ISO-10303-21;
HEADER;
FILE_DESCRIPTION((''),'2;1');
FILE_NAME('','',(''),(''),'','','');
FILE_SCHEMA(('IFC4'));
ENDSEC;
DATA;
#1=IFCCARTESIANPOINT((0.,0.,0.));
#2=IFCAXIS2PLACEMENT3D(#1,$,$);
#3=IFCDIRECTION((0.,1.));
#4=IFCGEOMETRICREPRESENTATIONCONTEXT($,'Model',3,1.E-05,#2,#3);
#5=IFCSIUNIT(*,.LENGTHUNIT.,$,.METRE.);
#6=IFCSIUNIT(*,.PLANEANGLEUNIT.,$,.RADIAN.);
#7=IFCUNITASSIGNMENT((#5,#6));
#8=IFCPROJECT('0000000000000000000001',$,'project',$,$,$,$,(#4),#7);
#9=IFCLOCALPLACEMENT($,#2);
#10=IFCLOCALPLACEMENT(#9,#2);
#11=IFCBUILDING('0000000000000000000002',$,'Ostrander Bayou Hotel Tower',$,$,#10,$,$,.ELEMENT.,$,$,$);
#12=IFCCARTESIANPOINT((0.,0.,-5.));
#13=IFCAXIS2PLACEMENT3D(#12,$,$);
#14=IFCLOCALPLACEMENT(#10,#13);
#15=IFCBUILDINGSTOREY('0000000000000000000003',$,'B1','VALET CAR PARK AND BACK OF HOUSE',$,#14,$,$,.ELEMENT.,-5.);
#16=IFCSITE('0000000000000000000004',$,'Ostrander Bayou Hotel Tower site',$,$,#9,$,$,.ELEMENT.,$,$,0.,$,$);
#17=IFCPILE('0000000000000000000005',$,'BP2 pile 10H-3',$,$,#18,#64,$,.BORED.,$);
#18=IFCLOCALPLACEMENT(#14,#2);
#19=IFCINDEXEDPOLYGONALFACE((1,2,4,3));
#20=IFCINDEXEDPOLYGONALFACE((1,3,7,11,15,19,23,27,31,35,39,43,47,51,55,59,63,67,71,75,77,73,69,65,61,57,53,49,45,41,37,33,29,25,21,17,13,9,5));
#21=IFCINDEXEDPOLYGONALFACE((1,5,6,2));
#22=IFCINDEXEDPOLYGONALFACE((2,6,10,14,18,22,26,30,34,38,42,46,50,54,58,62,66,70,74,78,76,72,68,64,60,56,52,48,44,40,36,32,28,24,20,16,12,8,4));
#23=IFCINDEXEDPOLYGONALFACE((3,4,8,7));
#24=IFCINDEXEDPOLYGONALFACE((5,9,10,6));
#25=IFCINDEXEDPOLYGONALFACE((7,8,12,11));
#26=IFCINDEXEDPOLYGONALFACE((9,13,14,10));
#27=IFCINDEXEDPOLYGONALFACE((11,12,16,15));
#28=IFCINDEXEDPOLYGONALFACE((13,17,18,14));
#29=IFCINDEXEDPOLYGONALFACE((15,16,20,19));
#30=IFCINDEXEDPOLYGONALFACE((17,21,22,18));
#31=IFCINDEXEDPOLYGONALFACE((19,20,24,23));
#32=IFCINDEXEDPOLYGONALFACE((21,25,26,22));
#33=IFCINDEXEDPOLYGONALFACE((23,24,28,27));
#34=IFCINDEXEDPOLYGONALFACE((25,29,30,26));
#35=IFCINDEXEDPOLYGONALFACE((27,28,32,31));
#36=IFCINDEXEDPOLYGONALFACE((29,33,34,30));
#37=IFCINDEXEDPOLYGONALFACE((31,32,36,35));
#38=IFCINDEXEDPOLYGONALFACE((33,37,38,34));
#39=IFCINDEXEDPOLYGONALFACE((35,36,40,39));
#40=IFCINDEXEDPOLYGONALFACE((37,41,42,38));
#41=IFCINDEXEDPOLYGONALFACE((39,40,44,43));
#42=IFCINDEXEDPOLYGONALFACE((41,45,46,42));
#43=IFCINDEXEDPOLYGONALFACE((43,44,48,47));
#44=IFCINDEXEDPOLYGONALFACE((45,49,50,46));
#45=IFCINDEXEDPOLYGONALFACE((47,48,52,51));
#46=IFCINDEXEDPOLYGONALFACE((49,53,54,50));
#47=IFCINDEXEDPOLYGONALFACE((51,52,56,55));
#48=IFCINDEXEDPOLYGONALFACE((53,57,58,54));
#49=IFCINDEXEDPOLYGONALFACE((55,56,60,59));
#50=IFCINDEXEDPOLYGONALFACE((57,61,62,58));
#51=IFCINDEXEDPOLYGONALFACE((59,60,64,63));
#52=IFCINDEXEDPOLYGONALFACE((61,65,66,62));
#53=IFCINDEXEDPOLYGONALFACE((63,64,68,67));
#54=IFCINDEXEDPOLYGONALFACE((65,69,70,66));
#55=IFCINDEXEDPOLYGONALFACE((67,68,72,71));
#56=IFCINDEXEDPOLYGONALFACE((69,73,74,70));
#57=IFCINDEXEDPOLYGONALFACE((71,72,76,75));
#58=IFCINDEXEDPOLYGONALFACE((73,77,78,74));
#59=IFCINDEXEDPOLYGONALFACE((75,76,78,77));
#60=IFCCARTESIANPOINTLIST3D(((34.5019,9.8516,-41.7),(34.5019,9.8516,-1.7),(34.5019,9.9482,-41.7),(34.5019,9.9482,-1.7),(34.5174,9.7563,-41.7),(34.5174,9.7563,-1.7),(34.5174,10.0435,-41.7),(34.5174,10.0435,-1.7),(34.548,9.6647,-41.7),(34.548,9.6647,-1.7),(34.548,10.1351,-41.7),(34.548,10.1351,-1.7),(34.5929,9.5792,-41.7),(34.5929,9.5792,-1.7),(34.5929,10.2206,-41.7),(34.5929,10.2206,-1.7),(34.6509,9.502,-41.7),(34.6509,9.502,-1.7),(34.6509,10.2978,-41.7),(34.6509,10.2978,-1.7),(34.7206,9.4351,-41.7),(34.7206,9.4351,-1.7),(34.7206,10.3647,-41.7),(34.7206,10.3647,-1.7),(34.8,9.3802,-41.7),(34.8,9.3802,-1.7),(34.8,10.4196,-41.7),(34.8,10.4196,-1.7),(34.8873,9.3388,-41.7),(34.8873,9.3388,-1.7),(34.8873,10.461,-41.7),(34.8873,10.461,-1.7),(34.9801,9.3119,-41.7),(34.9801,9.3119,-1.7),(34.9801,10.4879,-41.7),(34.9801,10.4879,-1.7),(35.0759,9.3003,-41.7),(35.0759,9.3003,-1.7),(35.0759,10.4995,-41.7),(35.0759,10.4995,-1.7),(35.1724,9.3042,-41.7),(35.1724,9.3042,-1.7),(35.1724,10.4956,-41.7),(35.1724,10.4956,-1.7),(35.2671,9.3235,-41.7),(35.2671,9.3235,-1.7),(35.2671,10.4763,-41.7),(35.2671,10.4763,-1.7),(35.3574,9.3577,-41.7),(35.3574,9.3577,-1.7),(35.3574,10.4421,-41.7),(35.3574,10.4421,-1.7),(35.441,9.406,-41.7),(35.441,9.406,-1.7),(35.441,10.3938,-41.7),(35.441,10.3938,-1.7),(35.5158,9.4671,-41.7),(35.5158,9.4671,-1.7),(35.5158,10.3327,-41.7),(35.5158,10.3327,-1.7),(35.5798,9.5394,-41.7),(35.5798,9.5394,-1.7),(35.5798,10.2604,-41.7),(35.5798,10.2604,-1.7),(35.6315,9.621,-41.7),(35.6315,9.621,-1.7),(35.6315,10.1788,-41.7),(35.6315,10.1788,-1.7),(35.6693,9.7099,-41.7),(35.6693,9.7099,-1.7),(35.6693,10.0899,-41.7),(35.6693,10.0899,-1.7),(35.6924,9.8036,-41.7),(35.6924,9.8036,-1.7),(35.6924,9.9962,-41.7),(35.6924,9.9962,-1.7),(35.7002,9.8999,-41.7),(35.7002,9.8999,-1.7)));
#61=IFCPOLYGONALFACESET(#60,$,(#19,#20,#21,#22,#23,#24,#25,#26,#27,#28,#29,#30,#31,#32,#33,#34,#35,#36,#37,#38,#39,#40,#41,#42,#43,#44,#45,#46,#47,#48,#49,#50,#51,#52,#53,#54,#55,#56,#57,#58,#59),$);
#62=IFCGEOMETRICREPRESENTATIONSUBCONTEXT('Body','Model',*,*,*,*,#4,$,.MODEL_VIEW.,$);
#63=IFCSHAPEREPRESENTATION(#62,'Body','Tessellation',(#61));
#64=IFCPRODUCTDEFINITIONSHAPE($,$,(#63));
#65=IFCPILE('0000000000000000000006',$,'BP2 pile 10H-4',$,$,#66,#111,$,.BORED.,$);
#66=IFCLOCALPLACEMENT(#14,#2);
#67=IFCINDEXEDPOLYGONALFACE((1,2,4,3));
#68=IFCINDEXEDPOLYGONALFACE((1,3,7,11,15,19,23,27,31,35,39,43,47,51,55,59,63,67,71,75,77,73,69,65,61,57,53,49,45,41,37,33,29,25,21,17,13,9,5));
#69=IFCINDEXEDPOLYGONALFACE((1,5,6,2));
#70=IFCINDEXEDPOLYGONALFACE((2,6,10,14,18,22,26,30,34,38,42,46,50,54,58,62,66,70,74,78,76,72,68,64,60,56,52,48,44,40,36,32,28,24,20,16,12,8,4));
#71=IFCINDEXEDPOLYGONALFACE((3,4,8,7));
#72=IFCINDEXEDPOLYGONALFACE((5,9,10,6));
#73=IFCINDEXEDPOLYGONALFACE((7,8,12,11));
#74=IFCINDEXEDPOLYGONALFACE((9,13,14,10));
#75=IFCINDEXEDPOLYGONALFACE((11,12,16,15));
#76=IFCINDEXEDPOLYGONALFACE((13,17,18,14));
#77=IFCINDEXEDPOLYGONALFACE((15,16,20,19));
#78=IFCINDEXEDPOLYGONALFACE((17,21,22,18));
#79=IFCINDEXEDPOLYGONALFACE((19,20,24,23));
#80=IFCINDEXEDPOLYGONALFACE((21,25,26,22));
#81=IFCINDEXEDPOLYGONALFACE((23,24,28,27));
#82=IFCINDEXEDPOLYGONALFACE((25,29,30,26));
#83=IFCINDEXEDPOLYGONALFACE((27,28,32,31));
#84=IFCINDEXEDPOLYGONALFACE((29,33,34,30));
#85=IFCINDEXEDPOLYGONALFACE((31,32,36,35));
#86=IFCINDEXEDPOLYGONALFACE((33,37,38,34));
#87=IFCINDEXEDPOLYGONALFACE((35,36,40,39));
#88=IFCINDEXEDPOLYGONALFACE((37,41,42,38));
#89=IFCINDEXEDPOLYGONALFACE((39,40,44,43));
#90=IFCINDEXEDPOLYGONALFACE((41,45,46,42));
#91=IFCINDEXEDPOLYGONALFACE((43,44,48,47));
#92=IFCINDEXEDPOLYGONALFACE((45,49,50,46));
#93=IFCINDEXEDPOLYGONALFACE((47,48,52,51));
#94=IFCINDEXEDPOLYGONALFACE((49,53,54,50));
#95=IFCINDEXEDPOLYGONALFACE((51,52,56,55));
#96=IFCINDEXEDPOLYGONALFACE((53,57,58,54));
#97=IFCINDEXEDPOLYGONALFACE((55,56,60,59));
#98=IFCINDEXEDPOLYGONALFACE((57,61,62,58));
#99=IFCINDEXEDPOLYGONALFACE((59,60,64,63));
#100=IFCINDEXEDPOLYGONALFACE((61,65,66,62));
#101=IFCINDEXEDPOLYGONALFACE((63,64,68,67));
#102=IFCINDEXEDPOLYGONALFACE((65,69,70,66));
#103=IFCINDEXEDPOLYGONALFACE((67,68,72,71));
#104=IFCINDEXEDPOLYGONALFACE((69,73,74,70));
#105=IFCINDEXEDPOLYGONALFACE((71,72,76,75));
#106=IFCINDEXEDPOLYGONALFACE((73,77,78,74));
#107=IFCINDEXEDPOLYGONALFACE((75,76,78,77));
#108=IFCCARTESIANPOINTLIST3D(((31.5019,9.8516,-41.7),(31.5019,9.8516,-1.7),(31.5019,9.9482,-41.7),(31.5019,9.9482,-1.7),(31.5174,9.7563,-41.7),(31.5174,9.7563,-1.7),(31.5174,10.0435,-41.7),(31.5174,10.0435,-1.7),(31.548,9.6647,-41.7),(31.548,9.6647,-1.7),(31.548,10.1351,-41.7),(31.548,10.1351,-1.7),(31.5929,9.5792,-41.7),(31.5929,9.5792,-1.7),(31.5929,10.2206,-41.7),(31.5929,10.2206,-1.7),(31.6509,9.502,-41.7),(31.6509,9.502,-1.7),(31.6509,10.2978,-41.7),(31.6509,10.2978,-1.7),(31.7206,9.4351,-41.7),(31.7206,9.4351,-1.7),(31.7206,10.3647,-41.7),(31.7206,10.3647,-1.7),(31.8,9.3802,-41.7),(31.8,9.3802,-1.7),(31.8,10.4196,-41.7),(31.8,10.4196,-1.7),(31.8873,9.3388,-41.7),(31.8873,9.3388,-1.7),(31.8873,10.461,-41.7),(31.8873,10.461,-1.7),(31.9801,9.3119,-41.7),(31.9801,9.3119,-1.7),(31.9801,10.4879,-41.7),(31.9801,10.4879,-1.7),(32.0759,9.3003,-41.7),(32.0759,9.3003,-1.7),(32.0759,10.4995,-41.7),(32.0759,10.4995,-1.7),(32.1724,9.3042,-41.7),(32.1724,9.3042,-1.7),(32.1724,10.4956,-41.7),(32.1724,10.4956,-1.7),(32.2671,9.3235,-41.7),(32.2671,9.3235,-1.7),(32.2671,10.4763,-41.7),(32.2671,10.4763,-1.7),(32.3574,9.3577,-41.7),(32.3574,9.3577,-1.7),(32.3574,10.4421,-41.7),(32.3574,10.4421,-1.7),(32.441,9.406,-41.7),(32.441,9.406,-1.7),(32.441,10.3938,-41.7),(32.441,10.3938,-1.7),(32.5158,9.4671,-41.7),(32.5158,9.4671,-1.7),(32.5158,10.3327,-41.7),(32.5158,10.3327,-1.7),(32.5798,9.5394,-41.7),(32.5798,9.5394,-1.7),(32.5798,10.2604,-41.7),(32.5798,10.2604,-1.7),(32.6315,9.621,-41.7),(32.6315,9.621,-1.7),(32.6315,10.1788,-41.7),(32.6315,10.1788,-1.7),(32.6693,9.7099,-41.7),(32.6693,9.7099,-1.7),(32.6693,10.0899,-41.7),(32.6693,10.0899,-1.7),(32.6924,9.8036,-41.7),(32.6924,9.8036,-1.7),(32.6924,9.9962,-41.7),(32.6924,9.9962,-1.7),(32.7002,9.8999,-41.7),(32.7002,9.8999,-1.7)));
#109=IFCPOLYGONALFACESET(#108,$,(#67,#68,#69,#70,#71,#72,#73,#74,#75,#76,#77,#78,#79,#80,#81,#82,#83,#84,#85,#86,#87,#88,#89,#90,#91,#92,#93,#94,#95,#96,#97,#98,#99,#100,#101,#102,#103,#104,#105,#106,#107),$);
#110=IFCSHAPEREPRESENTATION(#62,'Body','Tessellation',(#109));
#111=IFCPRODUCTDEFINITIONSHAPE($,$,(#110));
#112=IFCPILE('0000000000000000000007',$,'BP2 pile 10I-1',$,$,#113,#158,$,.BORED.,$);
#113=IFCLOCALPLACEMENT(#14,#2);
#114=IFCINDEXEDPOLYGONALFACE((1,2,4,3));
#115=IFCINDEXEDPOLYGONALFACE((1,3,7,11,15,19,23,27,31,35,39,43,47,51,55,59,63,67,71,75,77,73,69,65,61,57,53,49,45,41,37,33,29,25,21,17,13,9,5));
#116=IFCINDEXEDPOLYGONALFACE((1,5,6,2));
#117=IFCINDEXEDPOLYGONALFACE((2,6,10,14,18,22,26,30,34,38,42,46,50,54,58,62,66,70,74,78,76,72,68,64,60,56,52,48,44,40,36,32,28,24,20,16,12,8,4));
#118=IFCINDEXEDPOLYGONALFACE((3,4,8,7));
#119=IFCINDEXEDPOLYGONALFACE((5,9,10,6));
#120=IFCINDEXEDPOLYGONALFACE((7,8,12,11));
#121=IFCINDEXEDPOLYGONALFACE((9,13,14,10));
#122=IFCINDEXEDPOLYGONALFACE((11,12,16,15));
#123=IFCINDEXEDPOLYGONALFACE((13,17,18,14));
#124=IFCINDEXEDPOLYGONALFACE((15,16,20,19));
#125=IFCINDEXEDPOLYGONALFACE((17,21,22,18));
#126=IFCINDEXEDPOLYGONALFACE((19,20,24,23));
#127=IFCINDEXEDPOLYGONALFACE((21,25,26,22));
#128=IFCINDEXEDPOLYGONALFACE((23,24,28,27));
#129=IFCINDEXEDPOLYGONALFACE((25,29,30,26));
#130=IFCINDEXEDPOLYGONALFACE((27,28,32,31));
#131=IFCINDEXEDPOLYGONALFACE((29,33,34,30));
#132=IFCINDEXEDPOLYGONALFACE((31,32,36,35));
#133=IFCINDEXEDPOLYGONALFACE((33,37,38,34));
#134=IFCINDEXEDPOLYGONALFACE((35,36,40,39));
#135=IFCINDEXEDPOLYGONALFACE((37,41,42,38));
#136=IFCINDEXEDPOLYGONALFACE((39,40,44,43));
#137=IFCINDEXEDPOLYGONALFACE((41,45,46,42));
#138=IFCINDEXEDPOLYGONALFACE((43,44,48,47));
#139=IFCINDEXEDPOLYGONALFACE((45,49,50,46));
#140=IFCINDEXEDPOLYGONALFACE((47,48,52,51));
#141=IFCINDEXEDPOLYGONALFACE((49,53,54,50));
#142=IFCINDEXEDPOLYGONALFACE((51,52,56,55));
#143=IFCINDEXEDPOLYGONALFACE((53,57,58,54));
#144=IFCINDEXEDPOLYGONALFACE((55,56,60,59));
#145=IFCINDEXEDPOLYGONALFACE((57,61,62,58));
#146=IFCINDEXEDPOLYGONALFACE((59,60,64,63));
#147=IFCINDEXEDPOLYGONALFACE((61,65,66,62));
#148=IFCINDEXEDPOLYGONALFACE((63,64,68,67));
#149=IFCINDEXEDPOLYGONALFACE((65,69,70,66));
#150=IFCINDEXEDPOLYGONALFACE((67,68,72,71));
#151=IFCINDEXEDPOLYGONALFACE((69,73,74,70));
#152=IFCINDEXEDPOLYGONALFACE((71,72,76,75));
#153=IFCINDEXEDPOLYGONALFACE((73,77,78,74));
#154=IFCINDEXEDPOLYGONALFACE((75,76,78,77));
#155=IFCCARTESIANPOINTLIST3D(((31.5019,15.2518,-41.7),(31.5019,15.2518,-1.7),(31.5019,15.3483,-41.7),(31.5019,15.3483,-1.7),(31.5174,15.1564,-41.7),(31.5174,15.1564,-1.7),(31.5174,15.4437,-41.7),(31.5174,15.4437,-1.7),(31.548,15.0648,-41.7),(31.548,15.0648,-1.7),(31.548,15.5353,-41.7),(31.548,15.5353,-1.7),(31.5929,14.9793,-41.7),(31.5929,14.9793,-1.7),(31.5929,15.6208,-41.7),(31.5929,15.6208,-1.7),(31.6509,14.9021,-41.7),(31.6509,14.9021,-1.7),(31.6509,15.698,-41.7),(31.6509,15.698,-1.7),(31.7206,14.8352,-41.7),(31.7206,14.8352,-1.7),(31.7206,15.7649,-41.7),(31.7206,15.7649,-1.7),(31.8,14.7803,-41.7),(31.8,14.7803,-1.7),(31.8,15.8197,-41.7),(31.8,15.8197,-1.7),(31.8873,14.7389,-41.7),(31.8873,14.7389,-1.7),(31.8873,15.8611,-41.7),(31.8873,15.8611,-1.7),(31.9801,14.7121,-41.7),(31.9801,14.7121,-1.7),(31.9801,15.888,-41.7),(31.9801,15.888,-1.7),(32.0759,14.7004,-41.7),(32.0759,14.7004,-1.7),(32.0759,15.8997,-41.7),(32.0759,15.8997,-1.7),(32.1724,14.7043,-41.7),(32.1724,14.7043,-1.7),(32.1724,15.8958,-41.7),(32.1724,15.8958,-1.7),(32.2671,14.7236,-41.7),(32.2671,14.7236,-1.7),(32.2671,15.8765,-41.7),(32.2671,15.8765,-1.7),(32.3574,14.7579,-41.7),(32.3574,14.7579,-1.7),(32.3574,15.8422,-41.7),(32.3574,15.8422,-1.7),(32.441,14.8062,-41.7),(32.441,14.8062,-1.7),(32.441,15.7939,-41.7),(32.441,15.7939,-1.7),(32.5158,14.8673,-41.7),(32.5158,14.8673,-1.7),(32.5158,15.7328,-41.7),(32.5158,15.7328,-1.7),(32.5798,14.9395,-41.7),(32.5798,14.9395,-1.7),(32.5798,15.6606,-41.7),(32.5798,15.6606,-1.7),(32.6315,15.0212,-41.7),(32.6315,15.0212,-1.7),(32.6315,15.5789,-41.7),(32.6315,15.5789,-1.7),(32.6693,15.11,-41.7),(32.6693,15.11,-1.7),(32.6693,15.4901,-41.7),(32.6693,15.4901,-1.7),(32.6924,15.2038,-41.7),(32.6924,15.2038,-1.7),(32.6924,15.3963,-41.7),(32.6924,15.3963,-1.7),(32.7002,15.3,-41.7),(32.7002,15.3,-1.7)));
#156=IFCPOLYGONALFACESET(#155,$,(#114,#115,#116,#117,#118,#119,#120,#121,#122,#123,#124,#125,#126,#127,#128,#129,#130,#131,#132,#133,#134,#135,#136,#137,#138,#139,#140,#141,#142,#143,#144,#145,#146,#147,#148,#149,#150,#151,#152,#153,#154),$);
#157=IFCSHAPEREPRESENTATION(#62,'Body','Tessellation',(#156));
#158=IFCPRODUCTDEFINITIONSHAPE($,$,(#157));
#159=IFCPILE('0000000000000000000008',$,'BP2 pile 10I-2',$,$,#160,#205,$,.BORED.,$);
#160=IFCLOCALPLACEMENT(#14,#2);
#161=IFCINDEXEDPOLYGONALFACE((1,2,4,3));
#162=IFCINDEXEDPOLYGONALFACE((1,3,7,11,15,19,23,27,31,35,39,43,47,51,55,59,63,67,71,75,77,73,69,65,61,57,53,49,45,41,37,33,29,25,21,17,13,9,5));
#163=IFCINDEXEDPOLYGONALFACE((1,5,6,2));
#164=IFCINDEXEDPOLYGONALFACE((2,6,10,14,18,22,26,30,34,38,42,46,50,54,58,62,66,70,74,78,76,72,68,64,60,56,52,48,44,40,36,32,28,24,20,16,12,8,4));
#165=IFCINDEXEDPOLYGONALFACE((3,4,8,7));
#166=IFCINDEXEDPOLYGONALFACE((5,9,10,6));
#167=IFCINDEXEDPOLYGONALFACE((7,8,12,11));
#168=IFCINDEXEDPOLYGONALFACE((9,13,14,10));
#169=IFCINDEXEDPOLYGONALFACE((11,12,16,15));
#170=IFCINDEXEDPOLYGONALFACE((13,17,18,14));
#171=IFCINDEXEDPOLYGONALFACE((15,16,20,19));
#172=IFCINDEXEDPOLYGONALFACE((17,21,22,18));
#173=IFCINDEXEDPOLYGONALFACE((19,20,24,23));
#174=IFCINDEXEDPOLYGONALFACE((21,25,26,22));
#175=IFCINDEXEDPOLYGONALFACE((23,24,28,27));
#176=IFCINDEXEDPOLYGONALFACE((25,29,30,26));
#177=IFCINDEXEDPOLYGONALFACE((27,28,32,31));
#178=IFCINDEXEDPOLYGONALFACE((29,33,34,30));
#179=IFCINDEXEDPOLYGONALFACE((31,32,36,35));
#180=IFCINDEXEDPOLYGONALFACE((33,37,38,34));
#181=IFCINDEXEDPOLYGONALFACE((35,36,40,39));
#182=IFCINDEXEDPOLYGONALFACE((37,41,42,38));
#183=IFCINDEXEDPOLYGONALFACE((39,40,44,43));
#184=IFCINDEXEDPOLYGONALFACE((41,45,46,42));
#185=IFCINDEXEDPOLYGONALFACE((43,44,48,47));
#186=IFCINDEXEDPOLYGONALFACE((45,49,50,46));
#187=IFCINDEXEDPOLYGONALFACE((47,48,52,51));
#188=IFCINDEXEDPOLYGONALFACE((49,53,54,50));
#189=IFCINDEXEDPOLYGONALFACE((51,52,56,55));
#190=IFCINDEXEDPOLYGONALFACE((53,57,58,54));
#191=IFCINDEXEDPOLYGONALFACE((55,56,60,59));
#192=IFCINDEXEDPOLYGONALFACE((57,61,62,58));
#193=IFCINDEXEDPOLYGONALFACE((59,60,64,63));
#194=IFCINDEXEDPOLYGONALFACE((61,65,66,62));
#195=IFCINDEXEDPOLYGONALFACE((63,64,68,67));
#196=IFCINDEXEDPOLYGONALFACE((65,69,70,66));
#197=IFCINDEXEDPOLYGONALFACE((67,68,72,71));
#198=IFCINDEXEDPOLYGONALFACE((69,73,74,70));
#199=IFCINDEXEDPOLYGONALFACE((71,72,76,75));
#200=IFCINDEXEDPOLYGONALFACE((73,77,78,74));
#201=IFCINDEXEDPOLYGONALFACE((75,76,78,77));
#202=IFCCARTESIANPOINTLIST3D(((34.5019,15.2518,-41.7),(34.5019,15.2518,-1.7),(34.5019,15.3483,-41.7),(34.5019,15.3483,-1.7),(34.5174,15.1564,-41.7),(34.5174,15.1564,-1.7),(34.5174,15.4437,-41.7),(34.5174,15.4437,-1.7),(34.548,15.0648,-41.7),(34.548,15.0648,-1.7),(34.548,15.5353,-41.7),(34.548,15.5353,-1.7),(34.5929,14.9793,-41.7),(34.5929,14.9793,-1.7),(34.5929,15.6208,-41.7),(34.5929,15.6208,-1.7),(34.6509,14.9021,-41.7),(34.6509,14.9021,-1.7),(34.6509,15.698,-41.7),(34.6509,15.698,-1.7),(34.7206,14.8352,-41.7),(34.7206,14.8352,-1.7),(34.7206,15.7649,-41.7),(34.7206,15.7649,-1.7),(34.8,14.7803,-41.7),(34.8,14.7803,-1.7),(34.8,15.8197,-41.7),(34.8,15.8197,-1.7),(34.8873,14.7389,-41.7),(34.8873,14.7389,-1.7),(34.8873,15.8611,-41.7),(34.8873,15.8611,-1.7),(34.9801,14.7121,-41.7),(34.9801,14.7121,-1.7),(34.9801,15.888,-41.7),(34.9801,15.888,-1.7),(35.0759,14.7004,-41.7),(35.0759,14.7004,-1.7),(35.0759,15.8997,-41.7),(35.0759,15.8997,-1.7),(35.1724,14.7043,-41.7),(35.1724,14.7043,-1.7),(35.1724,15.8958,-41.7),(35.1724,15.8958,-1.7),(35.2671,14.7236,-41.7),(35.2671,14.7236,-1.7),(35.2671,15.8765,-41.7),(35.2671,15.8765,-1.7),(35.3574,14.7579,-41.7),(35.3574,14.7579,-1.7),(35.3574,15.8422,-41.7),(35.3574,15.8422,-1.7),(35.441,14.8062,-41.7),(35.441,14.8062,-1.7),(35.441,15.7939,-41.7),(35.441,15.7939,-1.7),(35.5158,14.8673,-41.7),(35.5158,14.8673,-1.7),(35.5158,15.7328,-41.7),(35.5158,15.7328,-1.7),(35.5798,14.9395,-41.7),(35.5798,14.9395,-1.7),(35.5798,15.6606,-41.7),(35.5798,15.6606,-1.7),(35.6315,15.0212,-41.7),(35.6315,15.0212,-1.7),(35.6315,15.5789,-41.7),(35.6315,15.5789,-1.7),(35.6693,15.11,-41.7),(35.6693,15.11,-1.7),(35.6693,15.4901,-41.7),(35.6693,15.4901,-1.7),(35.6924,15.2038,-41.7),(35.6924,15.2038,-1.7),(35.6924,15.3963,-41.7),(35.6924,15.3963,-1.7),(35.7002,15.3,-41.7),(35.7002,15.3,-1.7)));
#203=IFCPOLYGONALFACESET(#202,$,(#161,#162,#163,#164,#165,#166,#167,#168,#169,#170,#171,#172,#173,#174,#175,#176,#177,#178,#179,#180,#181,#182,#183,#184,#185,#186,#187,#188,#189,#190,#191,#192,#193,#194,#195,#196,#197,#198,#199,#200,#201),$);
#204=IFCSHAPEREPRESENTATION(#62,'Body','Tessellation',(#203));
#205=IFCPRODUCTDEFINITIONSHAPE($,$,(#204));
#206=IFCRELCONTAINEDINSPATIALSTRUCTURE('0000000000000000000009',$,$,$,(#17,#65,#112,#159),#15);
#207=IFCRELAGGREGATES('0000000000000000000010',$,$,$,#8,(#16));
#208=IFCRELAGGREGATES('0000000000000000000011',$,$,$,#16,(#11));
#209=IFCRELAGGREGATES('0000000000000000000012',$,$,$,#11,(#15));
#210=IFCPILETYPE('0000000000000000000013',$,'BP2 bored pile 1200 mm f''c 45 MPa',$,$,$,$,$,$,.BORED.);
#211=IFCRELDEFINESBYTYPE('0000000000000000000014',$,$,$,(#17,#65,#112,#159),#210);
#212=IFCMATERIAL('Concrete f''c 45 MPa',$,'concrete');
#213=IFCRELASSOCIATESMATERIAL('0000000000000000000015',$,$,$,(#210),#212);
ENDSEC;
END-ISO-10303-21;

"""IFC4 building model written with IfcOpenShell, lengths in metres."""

from ifc_helpers import new_model, si_unit, direction, frame, origin, origin_2d, place, context, subcontext, project, spatial, circle, extrude, material, material_profile, profile_set, type_object, element, save


model = new_model("IFC4")

# Units and contexts
model_context = context("Model", 3, precision=1e-05, world=origin(), true_north=direction((0.0, 1.0)))
body_context = subcontext(model_context, "Body", "Model", "MODEL_VIEW")
ifc_project = project(units=[si_unit("LENGTHUNIT", "METRE"), si_unit("PLANEANGLEUNIT", "RADIAN")], contexts=[model_context])

# Site, building, storey
site_placement = place(None, origin())
site = spatial("IfcSite", under=ifc_project, at=site_placement, Name="Ostrander Bayou Hotel Tower site", CompositionType="ELEMENT", RefElevation=0.0)
building_placement = place(site_placement, origin())
building = spatial("IfcBuilding", under=site, at=building_placement, Name="Ostrander Bayou Hotel Tower", CompositionType="ELEMENT")
storey_placement = place(building_placement, frame((0.0, 0.0, -5.0)))
storey = spatial("IfcBuildingStorey", under=building, at=storey_placement, Name="B1", Description="VALET CAR PARK AND BACK OF HOUSE", CompositionType="ELEMENT", Elevation=-5.0)

# Piles
ifc_material_1 = material(Name="Concrete f'c 45 MPa", Category="concrete")
ifc_material_profile_1 = material_profile(ifc_material_1, circle(Radius=0.6001, at=origin_2d()))
ifc_profile_set_1 = profile_set([ifc_material_profile_1], Name="Concrete f'c 45 MPa")
pile_type_1 = type_object("IfcPileType", Name="BP2 bored pile 1200 mm f'c 45 MPa", PredefinedType="BORED", material=ifc_profile_set_1)
for number, where, z_axis, x_axis, name in (
    (1, (35.1001, 9.8999, -1.7), (0.0, 0.0, -1.0), (1.0, 0.0, 0.0), "BP2 pile 10H-3"),
    (2, (32.1001, 9.8999, -1.7), (0.0, 0.0, -1.0), (1.0, 0.0, 0.0), "BP2 pile 10H-4"),
    (3, (32.1001, 15.3, -1.7), (0.0, 0.0, -1.0), (1.0, 0.0, 0.0), "BP2 pile 10I-1"),
    (4, (35.1001, 15.3, -1.7), (0.0, 0.0, -1.0), (1.0, 0.0, 0.0), "BP2 pile 10I-2"),
):
    element("IfcPile", number, at=place(storey_placement, frame(where, z_axis=z_axis, x_axis=x_axis)), inside=storey, type_object=pile_type_1, Name=name, PredefinedType="BORED", context=body_context, shape_type="SweptSolid", body=[
        extrude(circle(Radius=0.6001, at=origin_2d()), origin(), (0.0, 0.0, 1.0), 40.0),
    ])

save(model, "model.ifc")
